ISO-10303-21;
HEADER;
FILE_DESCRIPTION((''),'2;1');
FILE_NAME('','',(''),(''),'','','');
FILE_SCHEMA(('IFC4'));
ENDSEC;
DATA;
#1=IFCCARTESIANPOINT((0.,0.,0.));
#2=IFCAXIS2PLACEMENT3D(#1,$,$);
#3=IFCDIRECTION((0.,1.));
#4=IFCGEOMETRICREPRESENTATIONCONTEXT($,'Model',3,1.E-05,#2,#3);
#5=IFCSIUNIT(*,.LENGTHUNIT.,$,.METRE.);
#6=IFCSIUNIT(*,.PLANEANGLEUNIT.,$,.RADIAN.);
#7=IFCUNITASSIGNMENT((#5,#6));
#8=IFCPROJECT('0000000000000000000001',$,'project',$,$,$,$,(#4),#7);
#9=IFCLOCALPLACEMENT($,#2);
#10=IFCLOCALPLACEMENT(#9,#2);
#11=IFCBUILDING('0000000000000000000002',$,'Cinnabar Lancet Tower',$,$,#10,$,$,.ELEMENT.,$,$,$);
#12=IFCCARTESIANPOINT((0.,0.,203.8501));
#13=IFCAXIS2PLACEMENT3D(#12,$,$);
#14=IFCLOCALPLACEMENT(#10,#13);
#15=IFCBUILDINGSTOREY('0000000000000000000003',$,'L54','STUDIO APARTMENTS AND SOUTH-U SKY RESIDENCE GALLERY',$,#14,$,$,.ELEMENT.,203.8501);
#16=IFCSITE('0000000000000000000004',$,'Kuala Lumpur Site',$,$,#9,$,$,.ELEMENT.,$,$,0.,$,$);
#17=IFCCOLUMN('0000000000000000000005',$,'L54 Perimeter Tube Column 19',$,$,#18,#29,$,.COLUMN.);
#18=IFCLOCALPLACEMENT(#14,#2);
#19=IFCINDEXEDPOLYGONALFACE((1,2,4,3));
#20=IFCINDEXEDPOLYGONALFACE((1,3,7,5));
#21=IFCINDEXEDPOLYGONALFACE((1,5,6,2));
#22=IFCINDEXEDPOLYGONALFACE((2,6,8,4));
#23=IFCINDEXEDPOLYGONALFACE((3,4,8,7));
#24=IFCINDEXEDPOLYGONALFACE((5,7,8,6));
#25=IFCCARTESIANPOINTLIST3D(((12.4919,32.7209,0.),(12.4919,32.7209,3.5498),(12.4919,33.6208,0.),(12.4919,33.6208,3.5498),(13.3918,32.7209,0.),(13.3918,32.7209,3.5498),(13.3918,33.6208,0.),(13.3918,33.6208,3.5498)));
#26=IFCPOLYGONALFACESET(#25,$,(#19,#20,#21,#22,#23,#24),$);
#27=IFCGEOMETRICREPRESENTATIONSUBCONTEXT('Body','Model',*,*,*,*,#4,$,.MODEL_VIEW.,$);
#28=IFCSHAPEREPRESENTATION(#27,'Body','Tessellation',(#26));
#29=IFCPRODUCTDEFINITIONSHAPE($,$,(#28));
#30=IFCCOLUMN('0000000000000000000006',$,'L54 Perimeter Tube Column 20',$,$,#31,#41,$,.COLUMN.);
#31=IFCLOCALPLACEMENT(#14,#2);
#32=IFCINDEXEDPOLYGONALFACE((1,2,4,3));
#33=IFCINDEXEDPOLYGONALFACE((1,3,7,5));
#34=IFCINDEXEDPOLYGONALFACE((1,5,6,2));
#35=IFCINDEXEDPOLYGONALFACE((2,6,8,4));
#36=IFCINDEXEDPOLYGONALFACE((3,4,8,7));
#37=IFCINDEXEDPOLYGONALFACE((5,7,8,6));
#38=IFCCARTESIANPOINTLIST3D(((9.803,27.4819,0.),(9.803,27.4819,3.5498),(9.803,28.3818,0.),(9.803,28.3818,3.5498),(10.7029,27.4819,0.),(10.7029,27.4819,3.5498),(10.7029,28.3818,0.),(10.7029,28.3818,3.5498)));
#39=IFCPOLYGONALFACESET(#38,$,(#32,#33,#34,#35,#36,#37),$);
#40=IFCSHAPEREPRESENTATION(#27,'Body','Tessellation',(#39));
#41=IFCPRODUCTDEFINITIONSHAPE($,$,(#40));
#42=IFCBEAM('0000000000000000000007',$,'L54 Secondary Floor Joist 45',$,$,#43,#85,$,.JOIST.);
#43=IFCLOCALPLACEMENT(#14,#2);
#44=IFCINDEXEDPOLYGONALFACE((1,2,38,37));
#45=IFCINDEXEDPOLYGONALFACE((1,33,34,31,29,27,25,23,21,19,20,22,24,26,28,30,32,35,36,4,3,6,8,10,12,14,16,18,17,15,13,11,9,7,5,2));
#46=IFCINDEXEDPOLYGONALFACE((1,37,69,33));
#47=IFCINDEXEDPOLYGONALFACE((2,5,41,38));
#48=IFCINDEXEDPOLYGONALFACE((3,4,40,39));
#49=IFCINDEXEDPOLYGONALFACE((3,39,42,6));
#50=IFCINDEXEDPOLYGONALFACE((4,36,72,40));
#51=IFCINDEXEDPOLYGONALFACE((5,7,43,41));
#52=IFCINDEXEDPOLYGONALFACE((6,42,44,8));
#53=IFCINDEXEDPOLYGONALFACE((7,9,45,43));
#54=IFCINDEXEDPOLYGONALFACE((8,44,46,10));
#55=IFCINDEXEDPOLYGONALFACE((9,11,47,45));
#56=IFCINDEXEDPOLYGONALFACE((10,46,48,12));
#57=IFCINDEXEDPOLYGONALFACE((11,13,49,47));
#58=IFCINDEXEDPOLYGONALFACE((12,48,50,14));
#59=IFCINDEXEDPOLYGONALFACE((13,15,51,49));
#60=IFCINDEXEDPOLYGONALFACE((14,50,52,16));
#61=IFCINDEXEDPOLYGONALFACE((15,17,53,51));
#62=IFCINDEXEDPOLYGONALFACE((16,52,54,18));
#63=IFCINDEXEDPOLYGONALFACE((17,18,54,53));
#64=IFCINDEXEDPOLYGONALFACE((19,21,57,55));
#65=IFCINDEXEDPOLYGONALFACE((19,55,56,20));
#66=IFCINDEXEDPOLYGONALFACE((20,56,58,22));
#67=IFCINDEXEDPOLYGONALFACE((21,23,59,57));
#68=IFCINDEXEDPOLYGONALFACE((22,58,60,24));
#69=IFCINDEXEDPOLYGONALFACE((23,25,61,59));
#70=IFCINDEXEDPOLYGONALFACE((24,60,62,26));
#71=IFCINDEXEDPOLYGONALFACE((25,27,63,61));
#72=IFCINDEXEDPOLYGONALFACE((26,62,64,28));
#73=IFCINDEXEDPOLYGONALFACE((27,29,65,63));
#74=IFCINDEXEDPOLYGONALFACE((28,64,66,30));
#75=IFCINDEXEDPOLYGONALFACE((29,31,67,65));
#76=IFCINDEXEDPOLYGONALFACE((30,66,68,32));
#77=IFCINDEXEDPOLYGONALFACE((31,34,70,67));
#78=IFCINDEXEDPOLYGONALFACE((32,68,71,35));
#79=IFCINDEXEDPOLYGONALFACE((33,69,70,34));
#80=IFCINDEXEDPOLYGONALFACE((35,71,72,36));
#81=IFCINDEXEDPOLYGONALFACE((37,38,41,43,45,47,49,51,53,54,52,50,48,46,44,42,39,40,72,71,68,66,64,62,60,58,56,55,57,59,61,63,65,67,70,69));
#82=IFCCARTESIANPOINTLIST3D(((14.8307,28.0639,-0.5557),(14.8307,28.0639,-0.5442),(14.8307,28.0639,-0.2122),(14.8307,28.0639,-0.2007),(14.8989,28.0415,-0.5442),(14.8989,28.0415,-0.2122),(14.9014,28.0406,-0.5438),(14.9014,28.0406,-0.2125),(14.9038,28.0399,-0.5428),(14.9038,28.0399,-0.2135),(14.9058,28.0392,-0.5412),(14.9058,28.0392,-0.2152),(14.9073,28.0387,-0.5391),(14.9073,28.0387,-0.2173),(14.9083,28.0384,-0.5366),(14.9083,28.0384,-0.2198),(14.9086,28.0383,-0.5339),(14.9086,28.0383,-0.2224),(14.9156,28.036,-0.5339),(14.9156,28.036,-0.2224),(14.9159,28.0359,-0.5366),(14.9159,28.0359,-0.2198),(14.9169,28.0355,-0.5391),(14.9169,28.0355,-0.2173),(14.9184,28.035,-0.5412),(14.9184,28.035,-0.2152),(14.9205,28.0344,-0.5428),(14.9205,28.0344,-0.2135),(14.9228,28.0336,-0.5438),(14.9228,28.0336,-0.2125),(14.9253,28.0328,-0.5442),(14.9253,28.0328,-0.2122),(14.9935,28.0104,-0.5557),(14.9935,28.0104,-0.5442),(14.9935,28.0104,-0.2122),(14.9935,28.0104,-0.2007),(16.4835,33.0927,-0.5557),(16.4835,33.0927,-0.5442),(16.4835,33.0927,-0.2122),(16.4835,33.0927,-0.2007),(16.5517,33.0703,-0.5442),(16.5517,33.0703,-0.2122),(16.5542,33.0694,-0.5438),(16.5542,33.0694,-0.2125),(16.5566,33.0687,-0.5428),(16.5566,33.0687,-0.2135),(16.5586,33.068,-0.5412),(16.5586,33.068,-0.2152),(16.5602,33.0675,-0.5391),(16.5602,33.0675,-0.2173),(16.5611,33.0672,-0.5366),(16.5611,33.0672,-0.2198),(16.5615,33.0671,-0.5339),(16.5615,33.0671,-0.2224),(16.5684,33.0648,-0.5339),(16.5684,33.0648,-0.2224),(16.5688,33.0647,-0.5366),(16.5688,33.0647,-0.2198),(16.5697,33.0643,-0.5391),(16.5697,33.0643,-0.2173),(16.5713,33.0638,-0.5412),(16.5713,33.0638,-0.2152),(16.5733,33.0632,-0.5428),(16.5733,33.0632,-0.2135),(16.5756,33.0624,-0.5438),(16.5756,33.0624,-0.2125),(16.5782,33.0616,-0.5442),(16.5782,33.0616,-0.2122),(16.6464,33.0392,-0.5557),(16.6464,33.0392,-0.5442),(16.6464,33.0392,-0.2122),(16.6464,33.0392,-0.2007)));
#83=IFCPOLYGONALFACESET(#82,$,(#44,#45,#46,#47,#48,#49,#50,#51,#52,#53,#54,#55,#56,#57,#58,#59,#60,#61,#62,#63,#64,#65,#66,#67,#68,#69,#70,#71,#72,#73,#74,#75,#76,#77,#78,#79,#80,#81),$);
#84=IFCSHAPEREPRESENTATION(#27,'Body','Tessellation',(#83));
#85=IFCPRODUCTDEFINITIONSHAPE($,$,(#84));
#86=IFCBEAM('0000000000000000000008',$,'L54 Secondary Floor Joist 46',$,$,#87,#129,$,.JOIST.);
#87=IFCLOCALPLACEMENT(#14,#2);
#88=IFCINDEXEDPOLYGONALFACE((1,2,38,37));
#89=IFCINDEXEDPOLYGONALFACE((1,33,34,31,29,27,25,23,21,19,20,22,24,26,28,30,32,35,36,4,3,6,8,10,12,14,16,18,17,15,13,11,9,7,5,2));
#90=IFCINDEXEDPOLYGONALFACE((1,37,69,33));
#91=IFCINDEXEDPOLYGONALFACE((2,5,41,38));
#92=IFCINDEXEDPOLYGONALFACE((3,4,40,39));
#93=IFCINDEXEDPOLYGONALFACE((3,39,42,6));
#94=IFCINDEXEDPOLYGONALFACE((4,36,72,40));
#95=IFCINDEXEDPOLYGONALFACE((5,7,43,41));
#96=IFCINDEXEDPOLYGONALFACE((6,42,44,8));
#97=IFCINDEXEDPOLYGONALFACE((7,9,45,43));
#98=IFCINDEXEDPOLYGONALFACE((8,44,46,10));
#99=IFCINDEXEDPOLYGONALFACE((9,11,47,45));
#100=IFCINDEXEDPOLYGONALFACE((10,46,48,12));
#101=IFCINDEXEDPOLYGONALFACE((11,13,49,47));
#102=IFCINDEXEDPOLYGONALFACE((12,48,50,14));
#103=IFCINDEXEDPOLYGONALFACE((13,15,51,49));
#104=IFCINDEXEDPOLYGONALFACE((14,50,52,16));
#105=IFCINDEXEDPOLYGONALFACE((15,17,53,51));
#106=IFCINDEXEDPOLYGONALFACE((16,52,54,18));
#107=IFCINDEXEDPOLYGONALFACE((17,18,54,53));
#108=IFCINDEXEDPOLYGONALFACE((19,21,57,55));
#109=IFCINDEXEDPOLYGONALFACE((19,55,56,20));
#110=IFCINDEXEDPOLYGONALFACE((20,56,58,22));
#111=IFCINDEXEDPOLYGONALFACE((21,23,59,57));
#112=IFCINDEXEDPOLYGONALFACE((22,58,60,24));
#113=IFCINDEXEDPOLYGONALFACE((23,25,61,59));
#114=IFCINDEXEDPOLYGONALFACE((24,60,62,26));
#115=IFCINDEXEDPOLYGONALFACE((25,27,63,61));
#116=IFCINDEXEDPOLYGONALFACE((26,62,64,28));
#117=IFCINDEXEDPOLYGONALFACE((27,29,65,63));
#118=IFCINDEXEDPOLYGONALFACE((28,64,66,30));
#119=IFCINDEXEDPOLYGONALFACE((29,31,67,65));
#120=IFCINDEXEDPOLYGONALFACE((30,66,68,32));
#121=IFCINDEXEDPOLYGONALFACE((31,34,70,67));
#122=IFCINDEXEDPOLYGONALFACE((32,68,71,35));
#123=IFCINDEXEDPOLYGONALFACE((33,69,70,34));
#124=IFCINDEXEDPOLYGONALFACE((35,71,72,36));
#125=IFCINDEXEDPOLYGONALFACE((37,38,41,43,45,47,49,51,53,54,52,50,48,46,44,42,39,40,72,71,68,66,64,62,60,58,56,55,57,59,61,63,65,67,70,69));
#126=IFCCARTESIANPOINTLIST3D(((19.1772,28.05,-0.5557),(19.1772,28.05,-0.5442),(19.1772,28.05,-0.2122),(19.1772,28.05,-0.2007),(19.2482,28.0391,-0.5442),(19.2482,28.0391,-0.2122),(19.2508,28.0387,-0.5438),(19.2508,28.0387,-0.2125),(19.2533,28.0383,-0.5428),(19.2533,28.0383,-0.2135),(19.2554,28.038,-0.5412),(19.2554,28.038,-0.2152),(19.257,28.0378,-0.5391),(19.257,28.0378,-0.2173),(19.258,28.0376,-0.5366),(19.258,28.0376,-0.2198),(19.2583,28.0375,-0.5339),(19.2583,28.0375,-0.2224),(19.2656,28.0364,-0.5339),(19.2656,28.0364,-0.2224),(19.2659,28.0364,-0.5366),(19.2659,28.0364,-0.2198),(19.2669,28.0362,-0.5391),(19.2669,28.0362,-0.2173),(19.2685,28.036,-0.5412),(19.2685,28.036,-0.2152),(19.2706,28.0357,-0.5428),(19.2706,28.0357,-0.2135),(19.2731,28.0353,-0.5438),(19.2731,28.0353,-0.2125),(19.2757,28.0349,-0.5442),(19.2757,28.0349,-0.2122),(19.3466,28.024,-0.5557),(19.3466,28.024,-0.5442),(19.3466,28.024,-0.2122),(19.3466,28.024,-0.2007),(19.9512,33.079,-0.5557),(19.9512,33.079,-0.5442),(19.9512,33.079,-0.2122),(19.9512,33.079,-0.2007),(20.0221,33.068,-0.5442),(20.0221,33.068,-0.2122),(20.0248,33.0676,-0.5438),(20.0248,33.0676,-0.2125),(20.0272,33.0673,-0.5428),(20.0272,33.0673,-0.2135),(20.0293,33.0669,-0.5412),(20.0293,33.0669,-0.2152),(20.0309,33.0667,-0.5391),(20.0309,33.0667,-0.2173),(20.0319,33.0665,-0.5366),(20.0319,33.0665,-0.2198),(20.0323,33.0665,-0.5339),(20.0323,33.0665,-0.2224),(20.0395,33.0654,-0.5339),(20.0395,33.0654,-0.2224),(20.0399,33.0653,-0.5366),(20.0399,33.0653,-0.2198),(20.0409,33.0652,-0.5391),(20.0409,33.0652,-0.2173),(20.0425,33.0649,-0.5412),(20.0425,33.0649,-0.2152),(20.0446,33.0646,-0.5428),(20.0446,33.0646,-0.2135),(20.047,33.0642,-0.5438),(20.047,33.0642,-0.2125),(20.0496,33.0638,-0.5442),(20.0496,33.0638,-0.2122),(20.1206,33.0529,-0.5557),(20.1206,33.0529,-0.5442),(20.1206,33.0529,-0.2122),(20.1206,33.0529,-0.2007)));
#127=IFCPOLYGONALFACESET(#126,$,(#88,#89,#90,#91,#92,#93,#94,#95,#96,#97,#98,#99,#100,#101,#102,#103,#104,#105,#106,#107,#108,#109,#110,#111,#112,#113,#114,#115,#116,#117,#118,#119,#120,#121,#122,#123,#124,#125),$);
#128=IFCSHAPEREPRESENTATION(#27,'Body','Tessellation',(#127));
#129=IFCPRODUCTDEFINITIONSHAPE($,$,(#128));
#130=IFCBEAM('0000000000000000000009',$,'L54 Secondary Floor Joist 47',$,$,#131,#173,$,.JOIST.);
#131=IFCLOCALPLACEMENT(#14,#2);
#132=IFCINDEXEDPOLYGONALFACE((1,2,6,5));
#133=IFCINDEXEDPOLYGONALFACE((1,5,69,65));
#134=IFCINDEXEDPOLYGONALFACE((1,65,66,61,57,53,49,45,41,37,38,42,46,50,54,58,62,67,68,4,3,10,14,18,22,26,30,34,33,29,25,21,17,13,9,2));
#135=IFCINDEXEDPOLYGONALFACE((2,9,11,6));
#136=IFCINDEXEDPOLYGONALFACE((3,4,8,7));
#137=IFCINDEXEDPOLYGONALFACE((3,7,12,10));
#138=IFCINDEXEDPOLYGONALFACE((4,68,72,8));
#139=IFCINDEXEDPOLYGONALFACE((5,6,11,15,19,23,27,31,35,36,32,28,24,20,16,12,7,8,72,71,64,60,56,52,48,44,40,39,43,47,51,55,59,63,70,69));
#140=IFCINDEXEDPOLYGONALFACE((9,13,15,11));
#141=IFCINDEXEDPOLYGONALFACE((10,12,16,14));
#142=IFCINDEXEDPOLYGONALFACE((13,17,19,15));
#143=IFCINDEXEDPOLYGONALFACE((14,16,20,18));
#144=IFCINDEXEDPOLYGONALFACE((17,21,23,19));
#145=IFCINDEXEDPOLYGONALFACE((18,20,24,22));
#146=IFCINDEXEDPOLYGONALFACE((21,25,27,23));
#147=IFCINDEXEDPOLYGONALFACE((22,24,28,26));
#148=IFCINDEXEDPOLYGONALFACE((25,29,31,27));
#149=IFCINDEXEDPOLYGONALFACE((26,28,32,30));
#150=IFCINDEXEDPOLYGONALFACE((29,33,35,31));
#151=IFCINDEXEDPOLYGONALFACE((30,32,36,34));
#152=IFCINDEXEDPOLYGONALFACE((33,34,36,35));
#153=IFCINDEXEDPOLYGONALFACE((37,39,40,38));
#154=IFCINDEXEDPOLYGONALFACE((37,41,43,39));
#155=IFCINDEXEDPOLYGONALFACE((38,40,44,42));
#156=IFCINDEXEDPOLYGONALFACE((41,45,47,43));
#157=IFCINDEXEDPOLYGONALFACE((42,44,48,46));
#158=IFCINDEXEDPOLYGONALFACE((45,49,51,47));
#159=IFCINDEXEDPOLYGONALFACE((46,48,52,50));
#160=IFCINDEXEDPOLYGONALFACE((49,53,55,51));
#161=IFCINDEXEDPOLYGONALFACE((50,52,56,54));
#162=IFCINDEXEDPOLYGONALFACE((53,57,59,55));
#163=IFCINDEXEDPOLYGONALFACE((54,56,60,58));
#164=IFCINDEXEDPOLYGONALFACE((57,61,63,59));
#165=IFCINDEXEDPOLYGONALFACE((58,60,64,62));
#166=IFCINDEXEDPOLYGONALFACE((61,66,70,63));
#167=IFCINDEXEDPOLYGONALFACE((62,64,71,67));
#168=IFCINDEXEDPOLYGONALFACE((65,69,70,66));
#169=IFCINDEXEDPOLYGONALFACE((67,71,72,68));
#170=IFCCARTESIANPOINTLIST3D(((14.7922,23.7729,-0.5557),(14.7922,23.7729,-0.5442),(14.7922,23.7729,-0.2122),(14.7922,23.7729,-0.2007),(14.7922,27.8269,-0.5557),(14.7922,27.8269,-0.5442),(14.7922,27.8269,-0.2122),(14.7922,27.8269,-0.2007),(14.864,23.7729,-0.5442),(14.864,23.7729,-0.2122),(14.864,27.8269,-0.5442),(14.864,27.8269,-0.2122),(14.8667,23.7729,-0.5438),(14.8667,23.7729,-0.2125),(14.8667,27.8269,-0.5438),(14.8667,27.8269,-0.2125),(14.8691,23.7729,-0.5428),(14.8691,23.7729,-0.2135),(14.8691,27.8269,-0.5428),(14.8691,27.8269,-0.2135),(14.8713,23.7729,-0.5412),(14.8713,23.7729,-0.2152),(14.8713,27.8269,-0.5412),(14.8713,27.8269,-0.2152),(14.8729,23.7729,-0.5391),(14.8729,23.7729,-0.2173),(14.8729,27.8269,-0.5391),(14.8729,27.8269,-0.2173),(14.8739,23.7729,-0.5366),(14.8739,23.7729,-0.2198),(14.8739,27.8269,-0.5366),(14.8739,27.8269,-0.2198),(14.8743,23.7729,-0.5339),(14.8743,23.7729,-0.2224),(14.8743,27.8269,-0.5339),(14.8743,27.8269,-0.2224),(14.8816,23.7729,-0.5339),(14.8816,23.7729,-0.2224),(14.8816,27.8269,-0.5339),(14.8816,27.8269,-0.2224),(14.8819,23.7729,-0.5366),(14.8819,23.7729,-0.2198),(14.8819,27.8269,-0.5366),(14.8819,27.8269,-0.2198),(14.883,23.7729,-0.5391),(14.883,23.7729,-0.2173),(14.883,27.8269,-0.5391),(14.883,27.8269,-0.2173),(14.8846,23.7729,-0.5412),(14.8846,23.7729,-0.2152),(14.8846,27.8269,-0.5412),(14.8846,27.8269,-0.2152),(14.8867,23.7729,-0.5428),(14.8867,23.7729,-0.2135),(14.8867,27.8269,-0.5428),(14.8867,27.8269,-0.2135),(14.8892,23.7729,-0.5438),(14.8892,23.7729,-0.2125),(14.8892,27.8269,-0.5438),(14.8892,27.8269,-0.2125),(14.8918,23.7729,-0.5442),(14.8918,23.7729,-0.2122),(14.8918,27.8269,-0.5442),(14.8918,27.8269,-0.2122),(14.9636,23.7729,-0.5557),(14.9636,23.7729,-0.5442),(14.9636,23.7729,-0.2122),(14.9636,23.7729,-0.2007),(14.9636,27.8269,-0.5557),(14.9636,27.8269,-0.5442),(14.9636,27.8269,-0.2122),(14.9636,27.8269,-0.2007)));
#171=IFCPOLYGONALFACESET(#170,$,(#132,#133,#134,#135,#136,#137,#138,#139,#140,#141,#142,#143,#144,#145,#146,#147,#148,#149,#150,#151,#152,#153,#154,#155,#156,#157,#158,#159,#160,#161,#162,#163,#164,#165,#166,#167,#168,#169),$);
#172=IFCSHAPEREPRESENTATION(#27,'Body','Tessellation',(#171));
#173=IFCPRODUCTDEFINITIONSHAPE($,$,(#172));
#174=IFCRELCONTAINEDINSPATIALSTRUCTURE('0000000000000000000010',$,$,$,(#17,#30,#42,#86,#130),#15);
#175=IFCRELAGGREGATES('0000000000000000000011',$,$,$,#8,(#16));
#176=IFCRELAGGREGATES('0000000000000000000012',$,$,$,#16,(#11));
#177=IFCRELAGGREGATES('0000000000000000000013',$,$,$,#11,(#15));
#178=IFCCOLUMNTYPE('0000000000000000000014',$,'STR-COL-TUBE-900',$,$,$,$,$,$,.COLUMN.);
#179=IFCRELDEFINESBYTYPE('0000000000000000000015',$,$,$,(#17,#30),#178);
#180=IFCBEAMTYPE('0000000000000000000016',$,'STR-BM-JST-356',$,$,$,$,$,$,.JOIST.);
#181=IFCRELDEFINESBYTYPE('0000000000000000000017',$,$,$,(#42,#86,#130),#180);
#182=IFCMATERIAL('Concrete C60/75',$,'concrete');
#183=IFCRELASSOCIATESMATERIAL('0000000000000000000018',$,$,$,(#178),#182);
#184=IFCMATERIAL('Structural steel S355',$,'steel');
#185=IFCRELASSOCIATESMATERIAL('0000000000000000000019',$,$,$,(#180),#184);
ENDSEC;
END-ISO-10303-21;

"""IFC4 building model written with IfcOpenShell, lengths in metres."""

from ifc_helpers import new_model, si_unit, direction, frame, origin, origin_2d, place, context, subcontext, project, spatial, rectangle, i_section, extrude, material, material_profile, profile_set, type_object, element, save


model = new_model("IFC4")

# Units and contexts
model_context = context("Model", 3, precision=1e-05, world=origin(), true_north=direction((0.0, 1.0)))
body_context = subcontext(model_context, "Body", "Model", "MODEL_VIEW")
ifc_project = project(units=[si_unit("LENGTHUNIT", "METRE"), si_unit("PLANEANGLEUNIT", "RADIAN")], contexts=[model_context])

# Site, building, storey
site_placement = place(None, origin())
site = spatial("IfcSite", under=ifc_project, at=site_placement, Name="Kuala Lumpur Site", CompositionType="ELEMENT", RefElevation=0.0)
building_placement = place(site_placement, origin())
building = spatial("IfcBuilding", under=site, at=building_placement, Name="Cinnabar Lancet Tower", CompositionType="ELEMENT")
storey_placement = place(building_placement, frame((0.0, 0.0, 203.8501)))
storey = spatial("IfcBuildingStorey", under=building, at=storey_placement, Name="L54", Description="STUDIO APARTMENTS AND SOUTH-U SKY RESIDENCE GALLERY", CompositionType="ELEMENT", Elevation=203.8501)

# Columns
ifc_material_1 = material(Name="Concrete C60/75", Category="concrete")
ifc_material_profile_1 = material_profile(ifc_material_1, rectangle(XDim=0.8999, YDim=0.8999, at=origin_2d()), Name="RC-COL 900x900")
ifc_profile_set_1 = profile_set([ifc_material_profile_1], Name="Concrete C60/75")
column_type = type_object("IfcColumnType", Name="STR-COL-TUBE-900", PredefinedType="COLUMN", material=ifc_profile_set_1)
for number, where, z_axis, x_axis, name in (
    (1, (12.9419, 33.1709, 0.0), (0.0, 0.0, 1.0), (1.0, 0.0, 0.0), "L54 Perimeter Tube Column 19"),
    (2, (10.2529, 27.9319, 0.0), (0.0, 0.0, 1.0), (1.0, 0.0, 0.0), "L54 Perimeter Tube Column 20"),
):
    element("IfcColumn", number, at=place(storey_placement, frame(where, z_axis=z_axis, x_axis=x_axis)), inside=storey, type_object=column_type, Name=name, PredefinedType="COLUMN", context=body_context, shape_type="SweptSolid", body=[
        extrude(rectangle(XDim=0.8999, YDim=0.8999, at=origin_2d()), origin(), (0.0, 0.0, 1.0), 3.5498),
    ])

# Beams
ifc_material_2 = material(Name="Structural steel S355", Category="steel")
ifc_material_profile_2 = material_profile(ifc_material_2, i_section(OverallWidth=0.1714, OverallDepth=0.355, WebThickness=0.0073, FlangeThickness=0.0115, FilletRadius=0.0103, at=origin_2d()), Name="UKB 356x171x51")
ifc_profile_set_2 = profile_set([ifc_material_profile_2], Name="Structural steel S355")
beam_type_1 = type_object("IfcBeamType", Name="STR-BM-JST-356", PredefinedType="JOIST", material=ifc_profile_set_2)
beam_1_placement = place(storey_placement, frame((16.5649, 33.0659, -0.3782), z_axis=(-0.31224, -0.950003, 0.0), x_axis=(0.950003, -0.31224, 0.0)))
element("IfcBeam", 3, at=beam_1_placement, inside=storey, type_object=beam_type_1, Name="L54 Secondary Floor Joist 45", PredefinedType="JOIST", context=body_context, shape_type="SweptSolid", body=[
    extrude(i_section(OverallWidth=0.1714, OverallDepth=0.355, WebThickness=0.0073, FlangeThickness=0.0115, FilletRadius=0.0103, at=origin_2d()), origin(), (0.0, 0.0, 1.0), 5.2935),
])
beam_2_placement = place(storey_placement, frame((20.0359, 33.0659, -0.3782), z_axis=(-0.152108, -0.988364, 0.0), x_axis=(0.988364, -0.152108, 0.0)))
element("IfcBeam", 4, at=beam_2_placement, inside=storey, type_object=beam_type_1, Name="L54 Secondary Floor Joist 46", PredefinedType="JOIST", context=body_context, shape_type="SweptSolid", body=[
    extrude(i_section(OverallWidth=0.1714, OverallDepth=0.355, WebThickness=0.0073, FlangeThickness=0.0115, FilletRadius=0.0103, at=origin_2d()), origin(), (0.0, 0.0, 1.0), 5.0881),
])
for number, where, z_axis, x_axis, name in (
    (5, (14.8779, 27.8269, -0.3782), (0.0, -1.0, 0.0), (1.0, 0.0, 0.0), "L54 Secondary Floor Joist 47"),
):
    element("IfcBeam", number, at=place(storey_placement, frame(where, z_axis=z_axis, x_axis=x_axis)), inside=storey, type_object=beam_type_1, Name=name, PredefinedType="JOIST", context=body_context, shape_type="SweptSolid", body=[
        extrude(i_section(OverallWidth=0.1714, OverallDepth=0.355, WebThickness=0.0073, FlangeThickness=0.0115, FilletRadius=0.0103, at=origin_2d()), origin(), (0.0, 0.0, 1.0), 4.054),
    ])

save(model, "model.ifc")
